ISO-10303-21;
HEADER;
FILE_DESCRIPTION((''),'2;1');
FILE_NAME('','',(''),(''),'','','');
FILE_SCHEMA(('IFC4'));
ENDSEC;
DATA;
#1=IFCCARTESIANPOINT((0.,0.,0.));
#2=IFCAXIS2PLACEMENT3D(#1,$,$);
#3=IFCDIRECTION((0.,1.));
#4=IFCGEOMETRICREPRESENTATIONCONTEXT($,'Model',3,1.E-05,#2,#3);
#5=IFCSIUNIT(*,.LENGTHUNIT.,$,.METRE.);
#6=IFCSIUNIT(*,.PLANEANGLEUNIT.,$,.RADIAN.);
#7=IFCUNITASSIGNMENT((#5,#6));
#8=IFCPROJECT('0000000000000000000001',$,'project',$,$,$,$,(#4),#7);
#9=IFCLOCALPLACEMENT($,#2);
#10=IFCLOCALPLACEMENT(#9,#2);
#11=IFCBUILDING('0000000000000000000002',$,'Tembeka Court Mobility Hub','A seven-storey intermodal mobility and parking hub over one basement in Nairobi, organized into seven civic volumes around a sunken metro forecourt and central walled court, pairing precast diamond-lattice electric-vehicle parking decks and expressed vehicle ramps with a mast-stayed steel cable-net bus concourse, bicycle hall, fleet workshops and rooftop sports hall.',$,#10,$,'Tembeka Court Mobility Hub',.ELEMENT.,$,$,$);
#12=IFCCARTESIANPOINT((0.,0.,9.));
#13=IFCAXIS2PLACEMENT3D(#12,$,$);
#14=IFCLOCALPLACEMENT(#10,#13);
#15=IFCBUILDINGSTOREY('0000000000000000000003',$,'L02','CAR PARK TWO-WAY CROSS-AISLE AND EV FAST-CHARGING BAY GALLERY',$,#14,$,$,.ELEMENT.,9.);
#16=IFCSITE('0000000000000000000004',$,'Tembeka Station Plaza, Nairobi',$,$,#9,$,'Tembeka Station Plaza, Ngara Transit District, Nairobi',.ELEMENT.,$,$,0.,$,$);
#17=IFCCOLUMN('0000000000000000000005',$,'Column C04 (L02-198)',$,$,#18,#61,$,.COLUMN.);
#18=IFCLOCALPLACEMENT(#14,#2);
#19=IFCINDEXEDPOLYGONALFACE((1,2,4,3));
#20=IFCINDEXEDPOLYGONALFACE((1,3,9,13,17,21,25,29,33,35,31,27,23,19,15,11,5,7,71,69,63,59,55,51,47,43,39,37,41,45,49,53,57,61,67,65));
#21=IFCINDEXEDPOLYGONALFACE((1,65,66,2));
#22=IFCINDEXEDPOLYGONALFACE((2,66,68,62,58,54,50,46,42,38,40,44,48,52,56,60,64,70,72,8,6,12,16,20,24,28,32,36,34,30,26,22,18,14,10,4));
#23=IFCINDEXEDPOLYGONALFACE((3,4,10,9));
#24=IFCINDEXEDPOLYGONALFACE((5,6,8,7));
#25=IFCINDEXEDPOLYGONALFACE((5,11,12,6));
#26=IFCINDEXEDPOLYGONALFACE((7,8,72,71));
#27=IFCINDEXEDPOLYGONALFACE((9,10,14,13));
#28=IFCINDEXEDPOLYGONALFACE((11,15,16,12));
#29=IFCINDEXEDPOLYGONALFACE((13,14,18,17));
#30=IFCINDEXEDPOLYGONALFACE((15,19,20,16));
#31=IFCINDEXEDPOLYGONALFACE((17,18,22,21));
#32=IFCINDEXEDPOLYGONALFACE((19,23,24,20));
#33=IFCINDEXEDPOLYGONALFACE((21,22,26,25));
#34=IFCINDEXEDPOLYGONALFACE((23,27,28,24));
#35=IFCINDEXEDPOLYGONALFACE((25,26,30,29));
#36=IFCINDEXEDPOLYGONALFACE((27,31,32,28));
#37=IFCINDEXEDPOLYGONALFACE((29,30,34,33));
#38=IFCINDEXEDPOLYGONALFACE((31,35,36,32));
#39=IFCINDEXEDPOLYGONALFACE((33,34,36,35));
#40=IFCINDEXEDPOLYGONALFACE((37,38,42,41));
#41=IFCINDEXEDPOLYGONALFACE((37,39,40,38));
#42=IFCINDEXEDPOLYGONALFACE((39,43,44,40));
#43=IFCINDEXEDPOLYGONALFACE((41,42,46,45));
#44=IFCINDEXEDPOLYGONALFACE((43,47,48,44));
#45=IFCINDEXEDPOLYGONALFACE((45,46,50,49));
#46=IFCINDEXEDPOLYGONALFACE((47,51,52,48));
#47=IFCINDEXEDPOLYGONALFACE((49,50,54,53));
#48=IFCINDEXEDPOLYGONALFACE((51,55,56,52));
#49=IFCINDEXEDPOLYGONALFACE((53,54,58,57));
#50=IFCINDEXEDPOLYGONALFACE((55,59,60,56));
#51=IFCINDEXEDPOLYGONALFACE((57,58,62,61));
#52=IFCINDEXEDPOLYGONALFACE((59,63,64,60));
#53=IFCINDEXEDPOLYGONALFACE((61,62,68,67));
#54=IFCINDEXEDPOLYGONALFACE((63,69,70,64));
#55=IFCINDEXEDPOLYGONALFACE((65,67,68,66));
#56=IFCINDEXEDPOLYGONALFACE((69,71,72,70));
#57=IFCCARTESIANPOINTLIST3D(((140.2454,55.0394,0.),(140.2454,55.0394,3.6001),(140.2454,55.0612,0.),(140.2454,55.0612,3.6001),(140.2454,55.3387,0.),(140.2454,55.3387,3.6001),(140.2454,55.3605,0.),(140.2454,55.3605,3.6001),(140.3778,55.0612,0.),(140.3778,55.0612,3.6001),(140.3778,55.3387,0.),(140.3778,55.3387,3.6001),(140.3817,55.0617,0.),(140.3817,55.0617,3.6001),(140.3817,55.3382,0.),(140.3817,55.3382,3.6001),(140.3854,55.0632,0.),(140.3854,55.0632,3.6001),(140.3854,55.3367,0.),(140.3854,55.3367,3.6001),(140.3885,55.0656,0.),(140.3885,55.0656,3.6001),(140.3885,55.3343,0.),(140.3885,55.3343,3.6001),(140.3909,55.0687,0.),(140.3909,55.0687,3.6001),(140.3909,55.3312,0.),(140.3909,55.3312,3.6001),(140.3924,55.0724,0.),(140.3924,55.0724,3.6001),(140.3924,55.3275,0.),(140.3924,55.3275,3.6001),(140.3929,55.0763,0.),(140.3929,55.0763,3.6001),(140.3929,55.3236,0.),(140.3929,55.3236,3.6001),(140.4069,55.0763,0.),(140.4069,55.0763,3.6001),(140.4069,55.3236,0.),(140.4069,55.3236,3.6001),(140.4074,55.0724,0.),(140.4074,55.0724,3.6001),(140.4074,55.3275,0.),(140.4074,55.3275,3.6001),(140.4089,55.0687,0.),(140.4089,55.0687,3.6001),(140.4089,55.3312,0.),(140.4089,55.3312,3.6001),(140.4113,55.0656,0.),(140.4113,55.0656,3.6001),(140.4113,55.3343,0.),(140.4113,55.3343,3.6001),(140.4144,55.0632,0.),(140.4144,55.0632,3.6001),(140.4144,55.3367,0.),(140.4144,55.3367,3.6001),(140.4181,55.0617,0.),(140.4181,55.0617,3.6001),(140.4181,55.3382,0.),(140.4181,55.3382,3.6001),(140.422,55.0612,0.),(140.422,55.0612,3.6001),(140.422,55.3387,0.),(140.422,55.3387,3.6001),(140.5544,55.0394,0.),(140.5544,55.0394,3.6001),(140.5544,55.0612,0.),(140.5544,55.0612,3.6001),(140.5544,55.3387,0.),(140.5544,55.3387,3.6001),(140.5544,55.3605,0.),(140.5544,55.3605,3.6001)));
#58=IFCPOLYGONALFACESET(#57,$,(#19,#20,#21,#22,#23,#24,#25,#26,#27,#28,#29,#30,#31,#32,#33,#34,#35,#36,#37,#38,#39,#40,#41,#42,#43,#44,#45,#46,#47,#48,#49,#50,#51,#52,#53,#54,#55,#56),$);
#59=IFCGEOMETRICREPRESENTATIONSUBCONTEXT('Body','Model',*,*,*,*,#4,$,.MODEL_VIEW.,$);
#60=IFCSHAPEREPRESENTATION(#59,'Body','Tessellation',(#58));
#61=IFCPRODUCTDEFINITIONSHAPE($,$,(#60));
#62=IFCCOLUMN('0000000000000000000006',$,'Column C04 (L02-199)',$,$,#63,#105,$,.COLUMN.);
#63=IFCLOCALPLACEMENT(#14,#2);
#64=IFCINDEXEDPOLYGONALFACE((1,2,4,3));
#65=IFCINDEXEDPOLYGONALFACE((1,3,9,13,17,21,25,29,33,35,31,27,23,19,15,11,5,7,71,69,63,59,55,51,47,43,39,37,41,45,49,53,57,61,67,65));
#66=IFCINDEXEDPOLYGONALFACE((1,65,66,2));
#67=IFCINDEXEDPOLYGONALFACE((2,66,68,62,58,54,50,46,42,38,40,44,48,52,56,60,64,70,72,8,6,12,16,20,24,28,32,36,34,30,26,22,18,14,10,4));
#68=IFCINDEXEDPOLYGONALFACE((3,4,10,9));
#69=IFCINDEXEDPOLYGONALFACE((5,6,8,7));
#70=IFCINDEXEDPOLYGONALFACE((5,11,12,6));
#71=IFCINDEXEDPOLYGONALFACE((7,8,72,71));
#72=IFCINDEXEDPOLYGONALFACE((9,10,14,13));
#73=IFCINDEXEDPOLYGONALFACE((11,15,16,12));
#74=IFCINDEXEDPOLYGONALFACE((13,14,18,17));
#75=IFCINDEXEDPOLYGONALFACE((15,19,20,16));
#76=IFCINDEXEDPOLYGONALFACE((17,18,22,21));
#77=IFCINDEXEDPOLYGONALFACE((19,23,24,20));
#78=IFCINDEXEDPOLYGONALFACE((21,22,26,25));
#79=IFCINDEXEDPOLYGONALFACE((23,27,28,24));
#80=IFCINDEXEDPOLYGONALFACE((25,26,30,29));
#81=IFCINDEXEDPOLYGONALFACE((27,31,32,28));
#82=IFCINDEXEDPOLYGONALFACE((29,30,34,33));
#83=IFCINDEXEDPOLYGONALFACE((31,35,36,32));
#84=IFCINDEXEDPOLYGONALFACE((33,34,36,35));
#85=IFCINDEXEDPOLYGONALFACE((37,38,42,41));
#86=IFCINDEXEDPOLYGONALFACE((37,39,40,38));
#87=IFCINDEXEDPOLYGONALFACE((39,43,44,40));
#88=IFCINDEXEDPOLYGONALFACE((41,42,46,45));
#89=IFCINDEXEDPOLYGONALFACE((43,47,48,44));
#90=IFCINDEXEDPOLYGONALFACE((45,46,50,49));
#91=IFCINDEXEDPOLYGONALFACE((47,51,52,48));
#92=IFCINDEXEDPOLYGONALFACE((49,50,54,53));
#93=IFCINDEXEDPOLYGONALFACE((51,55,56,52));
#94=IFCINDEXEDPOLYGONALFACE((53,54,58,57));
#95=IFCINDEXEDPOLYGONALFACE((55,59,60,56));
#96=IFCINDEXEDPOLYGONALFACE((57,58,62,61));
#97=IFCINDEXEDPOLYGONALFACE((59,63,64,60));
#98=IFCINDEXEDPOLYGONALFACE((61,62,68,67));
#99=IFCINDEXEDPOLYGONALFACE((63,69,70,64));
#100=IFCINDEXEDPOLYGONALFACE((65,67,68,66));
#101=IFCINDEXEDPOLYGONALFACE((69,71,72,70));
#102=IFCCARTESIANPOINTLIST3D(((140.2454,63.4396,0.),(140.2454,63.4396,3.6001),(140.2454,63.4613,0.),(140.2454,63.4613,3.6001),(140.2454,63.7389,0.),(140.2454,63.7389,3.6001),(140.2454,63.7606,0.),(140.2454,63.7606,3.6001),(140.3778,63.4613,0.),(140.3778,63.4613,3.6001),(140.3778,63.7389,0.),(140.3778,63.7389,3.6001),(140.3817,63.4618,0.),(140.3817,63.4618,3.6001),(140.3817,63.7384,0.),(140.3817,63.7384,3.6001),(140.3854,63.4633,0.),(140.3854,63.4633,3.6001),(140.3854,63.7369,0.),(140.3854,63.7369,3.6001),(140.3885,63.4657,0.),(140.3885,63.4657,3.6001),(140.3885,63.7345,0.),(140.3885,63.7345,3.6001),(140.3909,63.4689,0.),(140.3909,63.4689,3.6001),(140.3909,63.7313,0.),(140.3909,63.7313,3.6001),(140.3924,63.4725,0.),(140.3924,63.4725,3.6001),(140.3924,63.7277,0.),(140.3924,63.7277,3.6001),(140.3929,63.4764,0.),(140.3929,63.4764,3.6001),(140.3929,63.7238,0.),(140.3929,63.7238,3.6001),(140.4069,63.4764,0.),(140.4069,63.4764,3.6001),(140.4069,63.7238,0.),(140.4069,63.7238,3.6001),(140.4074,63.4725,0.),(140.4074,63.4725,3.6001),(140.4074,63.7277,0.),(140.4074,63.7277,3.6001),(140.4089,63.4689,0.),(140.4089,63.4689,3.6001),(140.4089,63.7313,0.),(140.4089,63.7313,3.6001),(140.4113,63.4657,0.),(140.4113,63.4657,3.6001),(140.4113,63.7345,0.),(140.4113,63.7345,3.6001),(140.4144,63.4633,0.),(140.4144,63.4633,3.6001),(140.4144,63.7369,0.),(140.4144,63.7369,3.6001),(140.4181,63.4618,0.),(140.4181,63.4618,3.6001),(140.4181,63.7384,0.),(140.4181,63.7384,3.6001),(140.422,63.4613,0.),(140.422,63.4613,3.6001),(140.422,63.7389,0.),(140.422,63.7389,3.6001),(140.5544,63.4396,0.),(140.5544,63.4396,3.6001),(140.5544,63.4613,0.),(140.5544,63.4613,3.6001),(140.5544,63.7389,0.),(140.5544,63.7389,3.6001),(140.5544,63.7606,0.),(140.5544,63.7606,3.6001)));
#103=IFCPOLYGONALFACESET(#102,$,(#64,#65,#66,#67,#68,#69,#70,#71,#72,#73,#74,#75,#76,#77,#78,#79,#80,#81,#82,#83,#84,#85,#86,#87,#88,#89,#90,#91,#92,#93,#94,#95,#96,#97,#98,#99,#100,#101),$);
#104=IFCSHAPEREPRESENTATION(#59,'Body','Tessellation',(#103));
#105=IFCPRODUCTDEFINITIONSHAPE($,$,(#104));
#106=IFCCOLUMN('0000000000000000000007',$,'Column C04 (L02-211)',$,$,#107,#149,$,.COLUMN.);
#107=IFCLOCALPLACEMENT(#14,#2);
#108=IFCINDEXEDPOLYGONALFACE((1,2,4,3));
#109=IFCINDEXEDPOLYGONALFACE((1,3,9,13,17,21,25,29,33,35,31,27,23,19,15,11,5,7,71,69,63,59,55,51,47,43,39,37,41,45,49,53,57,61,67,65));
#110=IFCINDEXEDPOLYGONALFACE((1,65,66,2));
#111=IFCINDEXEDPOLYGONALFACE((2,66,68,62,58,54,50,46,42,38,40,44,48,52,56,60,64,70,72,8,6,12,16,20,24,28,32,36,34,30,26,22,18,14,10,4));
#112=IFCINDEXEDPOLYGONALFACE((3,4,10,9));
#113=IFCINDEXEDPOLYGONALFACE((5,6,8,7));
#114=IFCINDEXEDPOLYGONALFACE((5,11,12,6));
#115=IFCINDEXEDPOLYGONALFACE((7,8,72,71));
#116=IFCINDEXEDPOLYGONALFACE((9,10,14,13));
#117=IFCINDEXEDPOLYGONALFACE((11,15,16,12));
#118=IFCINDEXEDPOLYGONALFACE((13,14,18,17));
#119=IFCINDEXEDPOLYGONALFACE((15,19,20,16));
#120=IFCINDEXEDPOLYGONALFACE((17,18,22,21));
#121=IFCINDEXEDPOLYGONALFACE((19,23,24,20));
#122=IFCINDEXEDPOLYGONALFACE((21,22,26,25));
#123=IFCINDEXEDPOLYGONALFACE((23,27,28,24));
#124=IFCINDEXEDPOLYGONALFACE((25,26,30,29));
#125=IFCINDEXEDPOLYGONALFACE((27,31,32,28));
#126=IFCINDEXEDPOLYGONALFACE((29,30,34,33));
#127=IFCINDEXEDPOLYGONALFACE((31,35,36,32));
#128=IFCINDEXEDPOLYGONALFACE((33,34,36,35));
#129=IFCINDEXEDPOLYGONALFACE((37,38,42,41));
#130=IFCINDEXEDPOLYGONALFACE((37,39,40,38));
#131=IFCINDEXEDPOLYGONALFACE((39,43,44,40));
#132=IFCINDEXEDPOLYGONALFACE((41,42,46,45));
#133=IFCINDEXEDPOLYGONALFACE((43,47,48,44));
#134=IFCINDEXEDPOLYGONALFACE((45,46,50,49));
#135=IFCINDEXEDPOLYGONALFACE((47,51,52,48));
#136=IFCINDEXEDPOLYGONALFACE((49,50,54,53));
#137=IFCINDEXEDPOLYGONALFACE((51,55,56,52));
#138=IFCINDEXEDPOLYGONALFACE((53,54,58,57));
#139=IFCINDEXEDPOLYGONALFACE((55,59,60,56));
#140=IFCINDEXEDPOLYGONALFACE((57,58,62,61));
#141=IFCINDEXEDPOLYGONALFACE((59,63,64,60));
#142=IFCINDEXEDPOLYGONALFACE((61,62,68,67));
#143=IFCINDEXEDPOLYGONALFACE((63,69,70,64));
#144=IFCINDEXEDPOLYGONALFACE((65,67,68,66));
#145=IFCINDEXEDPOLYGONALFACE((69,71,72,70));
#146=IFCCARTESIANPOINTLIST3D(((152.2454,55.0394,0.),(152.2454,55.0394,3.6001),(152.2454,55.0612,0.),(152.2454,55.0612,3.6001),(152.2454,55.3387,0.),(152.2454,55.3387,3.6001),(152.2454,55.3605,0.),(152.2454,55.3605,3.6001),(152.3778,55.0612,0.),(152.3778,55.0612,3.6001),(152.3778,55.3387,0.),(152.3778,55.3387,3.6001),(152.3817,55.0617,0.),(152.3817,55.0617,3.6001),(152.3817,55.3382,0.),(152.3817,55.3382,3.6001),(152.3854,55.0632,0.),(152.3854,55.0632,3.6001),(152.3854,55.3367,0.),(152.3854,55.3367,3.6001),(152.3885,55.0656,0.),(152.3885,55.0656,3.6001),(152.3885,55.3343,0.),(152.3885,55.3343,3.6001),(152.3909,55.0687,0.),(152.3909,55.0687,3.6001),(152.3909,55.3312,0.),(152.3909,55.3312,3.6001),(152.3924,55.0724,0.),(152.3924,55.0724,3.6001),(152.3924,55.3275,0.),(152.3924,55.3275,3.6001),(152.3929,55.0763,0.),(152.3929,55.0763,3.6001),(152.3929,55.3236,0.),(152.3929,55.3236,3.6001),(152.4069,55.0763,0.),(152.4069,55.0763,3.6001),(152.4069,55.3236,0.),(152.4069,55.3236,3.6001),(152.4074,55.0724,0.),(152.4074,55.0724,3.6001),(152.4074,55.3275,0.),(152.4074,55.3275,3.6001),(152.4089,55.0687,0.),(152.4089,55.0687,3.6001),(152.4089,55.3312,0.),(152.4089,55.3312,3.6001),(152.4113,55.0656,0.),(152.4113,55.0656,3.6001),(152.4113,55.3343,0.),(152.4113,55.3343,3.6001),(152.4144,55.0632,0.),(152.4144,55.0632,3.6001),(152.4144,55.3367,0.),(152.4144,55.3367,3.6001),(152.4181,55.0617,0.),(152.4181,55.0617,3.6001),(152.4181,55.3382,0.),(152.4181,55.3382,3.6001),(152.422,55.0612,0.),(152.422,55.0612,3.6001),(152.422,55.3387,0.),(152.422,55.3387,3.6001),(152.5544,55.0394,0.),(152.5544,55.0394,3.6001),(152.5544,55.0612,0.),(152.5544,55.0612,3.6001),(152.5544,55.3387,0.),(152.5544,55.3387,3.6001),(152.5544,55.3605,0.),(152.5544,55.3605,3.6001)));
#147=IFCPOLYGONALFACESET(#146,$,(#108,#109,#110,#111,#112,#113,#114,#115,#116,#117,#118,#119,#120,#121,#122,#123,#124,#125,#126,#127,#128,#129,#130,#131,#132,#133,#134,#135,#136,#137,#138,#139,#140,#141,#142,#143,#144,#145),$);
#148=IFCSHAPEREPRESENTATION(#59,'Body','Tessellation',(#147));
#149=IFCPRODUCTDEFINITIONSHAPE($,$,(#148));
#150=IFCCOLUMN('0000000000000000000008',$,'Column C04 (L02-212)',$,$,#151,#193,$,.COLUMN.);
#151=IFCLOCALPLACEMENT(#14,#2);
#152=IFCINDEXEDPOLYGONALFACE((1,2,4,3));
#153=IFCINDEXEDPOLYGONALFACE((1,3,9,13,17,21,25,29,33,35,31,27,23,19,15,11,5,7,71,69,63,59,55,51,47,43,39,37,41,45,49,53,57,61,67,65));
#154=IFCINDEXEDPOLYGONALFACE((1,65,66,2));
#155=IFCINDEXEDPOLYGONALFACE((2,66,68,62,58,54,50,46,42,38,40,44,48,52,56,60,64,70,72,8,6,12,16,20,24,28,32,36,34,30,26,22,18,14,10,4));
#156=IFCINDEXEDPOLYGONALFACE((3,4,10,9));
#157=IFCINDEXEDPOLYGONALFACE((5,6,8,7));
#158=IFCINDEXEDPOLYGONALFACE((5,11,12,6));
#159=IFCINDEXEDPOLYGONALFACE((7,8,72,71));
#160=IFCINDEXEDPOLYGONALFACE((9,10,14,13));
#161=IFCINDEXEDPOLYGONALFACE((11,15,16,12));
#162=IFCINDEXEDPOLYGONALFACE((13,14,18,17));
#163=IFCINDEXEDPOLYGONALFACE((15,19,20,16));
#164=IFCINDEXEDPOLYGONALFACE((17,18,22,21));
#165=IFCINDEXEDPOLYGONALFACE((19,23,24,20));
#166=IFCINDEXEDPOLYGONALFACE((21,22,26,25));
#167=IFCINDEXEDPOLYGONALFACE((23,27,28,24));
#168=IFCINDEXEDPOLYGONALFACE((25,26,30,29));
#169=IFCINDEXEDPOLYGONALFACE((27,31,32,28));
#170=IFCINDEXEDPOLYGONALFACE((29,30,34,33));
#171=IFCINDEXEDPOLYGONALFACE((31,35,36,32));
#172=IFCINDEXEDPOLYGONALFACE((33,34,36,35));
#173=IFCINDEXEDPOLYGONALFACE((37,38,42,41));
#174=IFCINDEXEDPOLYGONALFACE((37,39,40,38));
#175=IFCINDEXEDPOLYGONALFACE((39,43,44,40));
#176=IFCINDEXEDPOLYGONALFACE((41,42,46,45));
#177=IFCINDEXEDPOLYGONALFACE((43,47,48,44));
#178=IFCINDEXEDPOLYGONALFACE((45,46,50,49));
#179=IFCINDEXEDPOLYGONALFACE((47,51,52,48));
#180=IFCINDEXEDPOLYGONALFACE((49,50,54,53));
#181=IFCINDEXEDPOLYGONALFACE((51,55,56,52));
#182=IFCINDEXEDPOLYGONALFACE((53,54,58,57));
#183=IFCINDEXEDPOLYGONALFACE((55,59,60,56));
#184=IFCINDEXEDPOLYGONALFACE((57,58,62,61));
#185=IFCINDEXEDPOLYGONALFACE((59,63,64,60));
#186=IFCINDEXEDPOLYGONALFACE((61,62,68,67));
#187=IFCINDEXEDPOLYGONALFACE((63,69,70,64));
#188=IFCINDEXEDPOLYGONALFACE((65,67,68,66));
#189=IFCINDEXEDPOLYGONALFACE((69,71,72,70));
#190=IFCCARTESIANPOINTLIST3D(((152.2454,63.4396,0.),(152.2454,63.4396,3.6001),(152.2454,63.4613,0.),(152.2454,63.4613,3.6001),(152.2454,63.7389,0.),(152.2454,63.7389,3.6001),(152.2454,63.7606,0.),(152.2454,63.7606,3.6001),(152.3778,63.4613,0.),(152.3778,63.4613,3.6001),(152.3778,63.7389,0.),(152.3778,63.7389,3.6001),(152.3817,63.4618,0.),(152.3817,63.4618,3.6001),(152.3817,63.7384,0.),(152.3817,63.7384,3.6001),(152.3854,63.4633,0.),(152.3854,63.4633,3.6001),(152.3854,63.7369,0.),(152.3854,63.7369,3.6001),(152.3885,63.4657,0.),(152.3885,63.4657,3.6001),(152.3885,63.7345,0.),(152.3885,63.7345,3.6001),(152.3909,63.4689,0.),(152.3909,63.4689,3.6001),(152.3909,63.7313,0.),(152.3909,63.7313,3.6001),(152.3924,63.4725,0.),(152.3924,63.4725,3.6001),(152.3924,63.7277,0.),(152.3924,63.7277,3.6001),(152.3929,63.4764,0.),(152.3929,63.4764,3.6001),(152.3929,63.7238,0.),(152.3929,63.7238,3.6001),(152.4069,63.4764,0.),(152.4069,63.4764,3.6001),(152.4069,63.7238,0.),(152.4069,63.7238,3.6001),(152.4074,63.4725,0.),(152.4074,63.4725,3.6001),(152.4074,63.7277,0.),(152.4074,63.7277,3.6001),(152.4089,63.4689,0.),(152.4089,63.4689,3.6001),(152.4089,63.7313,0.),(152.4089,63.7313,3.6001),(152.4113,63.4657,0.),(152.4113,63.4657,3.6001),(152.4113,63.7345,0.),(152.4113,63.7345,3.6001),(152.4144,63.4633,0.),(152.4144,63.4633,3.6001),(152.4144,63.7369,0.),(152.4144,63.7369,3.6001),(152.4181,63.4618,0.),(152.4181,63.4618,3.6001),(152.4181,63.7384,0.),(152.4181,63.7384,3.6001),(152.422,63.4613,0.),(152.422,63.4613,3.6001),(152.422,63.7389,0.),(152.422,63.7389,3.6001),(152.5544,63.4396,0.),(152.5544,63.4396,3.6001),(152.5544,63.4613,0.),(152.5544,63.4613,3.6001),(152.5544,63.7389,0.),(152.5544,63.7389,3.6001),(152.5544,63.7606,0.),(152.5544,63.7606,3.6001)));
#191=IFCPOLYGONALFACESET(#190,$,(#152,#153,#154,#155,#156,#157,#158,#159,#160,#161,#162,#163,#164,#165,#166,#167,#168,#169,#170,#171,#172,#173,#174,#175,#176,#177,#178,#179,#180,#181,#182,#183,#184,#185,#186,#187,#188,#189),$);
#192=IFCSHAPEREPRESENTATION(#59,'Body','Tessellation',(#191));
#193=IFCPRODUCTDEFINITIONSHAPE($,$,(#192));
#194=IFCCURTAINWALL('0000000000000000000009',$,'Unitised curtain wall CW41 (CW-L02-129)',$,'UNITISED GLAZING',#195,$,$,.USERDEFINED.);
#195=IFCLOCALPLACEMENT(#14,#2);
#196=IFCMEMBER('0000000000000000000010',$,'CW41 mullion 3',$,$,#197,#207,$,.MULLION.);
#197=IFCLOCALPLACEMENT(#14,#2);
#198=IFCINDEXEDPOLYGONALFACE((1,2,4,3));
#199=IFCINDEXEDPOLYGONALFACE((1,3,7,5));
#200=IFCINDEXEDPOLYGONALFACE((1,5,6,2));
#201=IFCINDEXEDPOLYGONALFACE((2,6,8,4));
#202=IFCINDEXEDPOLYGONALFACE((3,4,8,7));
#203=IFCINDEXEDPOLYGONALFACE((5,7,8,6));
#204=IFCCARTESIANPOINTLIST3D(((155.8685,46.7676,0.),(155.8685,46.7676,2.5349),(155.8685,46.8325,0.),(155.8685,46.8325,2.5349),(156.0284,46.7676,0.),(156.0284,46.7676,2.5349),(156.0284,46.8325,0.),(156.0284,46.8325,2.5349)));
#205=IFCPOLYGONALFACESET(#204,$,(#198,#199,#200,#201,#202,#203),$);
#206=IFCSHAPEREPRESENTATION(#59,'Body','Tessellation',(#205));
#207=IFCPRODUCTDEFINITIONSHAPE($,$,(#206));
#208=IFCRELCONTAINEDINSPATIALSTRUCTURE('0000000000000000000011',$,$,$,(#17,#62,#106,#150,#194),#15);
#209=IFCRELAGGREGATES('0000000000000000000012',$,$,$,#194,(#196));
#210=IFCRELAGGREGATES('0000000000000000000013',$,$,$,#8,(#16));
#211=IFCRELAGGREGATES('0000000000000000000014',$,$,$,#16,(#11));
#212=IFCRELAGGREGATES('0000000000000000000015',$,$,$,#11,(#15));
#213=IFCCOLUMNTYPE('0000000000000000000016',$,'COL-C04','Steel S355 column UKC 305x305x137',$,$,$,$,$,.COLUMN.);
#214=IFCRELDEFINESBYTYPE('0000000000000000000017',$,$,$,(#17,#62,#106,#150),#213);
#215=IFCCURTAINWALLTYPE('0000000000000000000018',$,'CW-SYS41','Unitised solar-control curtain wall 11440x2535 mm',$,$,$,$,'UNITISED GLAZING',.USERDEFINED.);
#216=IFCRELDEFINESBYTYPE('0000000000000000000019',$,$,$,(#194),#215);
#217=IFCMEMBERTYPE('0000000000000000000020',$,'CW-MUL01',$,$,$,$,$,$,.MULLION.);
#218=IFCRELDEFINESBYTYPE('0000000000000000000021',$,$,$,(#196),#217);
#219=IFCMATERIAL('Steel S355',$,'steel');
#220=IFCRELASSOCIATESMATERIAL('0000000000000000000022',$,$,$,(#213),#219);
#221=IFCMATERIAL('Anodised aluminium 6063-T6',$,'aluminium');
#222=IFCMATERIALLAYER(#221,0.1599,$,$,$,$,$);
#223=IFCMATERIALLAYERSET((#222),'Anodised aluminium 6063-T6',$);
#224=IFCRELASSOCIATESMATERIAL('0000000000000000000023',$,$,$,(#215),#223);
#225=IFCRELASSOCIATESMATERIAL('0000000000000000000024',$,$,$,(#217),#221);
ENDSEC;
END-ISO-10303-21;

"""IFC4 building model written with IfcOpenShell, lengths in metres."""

from ifc_helpers import new_model, si_unit, direction, frame, origin, origin_2d, place, context, subcontext, project, spatial, rectangle, i_section, extrude, material, layer, layer_set, material_profile, profile_set, type_object, element, aggregate, save


model = new_model("IFC4")

# Units and contexts
model_context = context("Model", 3, precision=1e-05, world=origin(), true_north=direction((0.0, 1.0)))
body_context = subcontext(model_context, "Body", "Model", "MODEL_VIEW")
ifc_project = project(units=[si_unit("LENGTHUNIT", "METRE"), si_unit("PLANEANGLEUNIT", "RADIAN")], contexts=[model_context])

# Site, building, storey
site_placement = place(None, origin())
site = spatial("IfcSite", under=ifc_project, at=site_placement, Name="Tembeka Station Plaza, Nairobi", LongName="Tembeka Station Plaza, Ngara Transit District, Nairobi", CompositionType="ELEMENT", RefElevation=0.0)
building_placement = place(site_placement, origin())
building = spatial("IfcBuilding", under=site, at=building_placement, Name="Tembeka Court Mobility Hub", Description="A seven-storey intermodal mobility and parking hub over one basement in Nairobi, organized into seven civic volumes around a sunken metro forecourt and central walled court, pairing precast diamond-lattice electric-vehicle parking decks and expressed vehicle ramps with a mast-stayed steel cable-net bus concourse, bicycle hall, fleet workshops and rooftop sports hall.", LongName="Tembeka Court Mobility Hub", CompositionType="ELEMENT")
storey_placement = place(building_placement, frame((0.0, 0.0, 9.0)))
storey = spatial("IfcBuildingStorey", under=building, at=storey_placement, Name="L02", Description="CAR PARK TWO-WAY CROSS-AISLE AND EV FAST-CHARGING BAY GALLERY", CompositionType="ELEMENT", Elevation=9.0)

# Columns
ifc_material_1 = material(Name="Steel S355", Category="steel")
ifc_material_profile_1 = material_profile(ifc_material_1, i_section(OverallWidth=0.3091, OverallDepth=0.321, WebThickness=0.0139, FlangeThickness=0.0217, FilletRadius=0.0151, at=origin_2d()), Name="UKC 305x305x137")
ifc_profile_set_1 = profile_set([ifc_material_profile_1], Name="Steel S355")
column_type = type_object("IfcColumnType", Name="COL-C04", Description="Steel S355 column UKC 305x305x137", PredefinedType="COLUMN", material=ifc_profile_set_1)
for number, where, z_axis, x_axis, name in (
    (1, (140.3999, 55.2, 0.0), (0.0, 0.0, 1.0), (1.0, 0.0, 0.0), "Column C04 (L02-198)"),
    (2, (140.3999, 63.6001, 0.0), (0.0, 0.0, 1.0), (1.0, 0.0, 0.0), "Column C04 (L02-199)"),
    (3, (152.3999, 55.2, 0.0), (0.0, 0.0, 1.0), (1.0, 0.0, 0.0), "Column C04 (L02-211)"),
    (4, (152.3999, 63.6001, 0.0), (0.0, 0.0, 1.0), (1.0, 0.0, 0.0), "Column C04 (L02-212)"),
):
    element("IfcColumn", number, at=place(storey_placement, frame(where, z_axis=z_axis, x_axis=x_axis)), inside=storey, type_object=column_type, Name=name, PredefinedType="COLUMN", context=body_context, shape_type="SweptSolid", body=[
        extrude(i_section(OverallWidth=0.3091, OverallDepth=0.321, WebThickness=0.0139, FlangeThickness=0.0217, FilletRadius=0.0151, at=origin_2d()), origin(), (0.0, 0.0, 1.0), 3.6001),
    ])

# Curtain wall, member
ifc_material_2 = material(Name="Anodised aluminium 6063-T6", Category="aluminium")
ifc_layer_1 = layer(ifc_material_2, 0.1599)
ifc_layer_set_1 = layer_set([ifc_layer_1], Name="Anodised aluminium 6063-T6")
curtain_wall_type = type_object("IfcCurtainWallType", Name="CW-SYS41", Description="Unitised solar-control curtain wall 11440x2535 mm", ElementType="UNITISED GLAZING", PredefinedType="USERDEFINED", material=ifc_layer_set_1)
curtain_wall_placement = place(storey_placement, origin())
curtain_wall = element("IfcCurtainWall", 5, at=curtain_wall_placement, inside=storey, type_object=curtain_wall_type, Name="Unitised curtain wall CW41 (CW-L02-129)", ObjectType="UNITISED GLAZING", PredefinedType="USERDEFINED")
ifc_material_profile_2 = material_profile(ifc_material_2, rectangle(XDim=0.0649, YDim=0.1599, at=origin_2d()), Name="ALU-MUL 65x160")
ifc_profile_set_2 = profile_set([ifc_material_profile_2], Name="Anodised aluminium 6063-T6")
member_type_1 = type_object("IfcMemberType", Name="CW-MUL01", PredefinedType="MULLION", material=ifc_profile_set_2)
member_1_placement = place(storey_placement, frame((155.9485, 46.8, 0.0), z_axis=(0.0, 0.0, 1.0), x_axis=(0.0, 1.0, 0.0)))
member_1 = element("IfcMember", 6, at=member_1_placement, type_object=member_type_1, Name="CW41 mullion 3", PredefinedType="MULLION", context=body_context, shape_type="SweptSolid", body=[
    extrude(rectangle(XDim=0.0649, YDim=0.1599, at=origin_2d()), origin(), (0.0, 0.0, 1.0), 2.5349),
])
aggregate(curtain_wall, [member_1])

save(model, "model.ifc")
